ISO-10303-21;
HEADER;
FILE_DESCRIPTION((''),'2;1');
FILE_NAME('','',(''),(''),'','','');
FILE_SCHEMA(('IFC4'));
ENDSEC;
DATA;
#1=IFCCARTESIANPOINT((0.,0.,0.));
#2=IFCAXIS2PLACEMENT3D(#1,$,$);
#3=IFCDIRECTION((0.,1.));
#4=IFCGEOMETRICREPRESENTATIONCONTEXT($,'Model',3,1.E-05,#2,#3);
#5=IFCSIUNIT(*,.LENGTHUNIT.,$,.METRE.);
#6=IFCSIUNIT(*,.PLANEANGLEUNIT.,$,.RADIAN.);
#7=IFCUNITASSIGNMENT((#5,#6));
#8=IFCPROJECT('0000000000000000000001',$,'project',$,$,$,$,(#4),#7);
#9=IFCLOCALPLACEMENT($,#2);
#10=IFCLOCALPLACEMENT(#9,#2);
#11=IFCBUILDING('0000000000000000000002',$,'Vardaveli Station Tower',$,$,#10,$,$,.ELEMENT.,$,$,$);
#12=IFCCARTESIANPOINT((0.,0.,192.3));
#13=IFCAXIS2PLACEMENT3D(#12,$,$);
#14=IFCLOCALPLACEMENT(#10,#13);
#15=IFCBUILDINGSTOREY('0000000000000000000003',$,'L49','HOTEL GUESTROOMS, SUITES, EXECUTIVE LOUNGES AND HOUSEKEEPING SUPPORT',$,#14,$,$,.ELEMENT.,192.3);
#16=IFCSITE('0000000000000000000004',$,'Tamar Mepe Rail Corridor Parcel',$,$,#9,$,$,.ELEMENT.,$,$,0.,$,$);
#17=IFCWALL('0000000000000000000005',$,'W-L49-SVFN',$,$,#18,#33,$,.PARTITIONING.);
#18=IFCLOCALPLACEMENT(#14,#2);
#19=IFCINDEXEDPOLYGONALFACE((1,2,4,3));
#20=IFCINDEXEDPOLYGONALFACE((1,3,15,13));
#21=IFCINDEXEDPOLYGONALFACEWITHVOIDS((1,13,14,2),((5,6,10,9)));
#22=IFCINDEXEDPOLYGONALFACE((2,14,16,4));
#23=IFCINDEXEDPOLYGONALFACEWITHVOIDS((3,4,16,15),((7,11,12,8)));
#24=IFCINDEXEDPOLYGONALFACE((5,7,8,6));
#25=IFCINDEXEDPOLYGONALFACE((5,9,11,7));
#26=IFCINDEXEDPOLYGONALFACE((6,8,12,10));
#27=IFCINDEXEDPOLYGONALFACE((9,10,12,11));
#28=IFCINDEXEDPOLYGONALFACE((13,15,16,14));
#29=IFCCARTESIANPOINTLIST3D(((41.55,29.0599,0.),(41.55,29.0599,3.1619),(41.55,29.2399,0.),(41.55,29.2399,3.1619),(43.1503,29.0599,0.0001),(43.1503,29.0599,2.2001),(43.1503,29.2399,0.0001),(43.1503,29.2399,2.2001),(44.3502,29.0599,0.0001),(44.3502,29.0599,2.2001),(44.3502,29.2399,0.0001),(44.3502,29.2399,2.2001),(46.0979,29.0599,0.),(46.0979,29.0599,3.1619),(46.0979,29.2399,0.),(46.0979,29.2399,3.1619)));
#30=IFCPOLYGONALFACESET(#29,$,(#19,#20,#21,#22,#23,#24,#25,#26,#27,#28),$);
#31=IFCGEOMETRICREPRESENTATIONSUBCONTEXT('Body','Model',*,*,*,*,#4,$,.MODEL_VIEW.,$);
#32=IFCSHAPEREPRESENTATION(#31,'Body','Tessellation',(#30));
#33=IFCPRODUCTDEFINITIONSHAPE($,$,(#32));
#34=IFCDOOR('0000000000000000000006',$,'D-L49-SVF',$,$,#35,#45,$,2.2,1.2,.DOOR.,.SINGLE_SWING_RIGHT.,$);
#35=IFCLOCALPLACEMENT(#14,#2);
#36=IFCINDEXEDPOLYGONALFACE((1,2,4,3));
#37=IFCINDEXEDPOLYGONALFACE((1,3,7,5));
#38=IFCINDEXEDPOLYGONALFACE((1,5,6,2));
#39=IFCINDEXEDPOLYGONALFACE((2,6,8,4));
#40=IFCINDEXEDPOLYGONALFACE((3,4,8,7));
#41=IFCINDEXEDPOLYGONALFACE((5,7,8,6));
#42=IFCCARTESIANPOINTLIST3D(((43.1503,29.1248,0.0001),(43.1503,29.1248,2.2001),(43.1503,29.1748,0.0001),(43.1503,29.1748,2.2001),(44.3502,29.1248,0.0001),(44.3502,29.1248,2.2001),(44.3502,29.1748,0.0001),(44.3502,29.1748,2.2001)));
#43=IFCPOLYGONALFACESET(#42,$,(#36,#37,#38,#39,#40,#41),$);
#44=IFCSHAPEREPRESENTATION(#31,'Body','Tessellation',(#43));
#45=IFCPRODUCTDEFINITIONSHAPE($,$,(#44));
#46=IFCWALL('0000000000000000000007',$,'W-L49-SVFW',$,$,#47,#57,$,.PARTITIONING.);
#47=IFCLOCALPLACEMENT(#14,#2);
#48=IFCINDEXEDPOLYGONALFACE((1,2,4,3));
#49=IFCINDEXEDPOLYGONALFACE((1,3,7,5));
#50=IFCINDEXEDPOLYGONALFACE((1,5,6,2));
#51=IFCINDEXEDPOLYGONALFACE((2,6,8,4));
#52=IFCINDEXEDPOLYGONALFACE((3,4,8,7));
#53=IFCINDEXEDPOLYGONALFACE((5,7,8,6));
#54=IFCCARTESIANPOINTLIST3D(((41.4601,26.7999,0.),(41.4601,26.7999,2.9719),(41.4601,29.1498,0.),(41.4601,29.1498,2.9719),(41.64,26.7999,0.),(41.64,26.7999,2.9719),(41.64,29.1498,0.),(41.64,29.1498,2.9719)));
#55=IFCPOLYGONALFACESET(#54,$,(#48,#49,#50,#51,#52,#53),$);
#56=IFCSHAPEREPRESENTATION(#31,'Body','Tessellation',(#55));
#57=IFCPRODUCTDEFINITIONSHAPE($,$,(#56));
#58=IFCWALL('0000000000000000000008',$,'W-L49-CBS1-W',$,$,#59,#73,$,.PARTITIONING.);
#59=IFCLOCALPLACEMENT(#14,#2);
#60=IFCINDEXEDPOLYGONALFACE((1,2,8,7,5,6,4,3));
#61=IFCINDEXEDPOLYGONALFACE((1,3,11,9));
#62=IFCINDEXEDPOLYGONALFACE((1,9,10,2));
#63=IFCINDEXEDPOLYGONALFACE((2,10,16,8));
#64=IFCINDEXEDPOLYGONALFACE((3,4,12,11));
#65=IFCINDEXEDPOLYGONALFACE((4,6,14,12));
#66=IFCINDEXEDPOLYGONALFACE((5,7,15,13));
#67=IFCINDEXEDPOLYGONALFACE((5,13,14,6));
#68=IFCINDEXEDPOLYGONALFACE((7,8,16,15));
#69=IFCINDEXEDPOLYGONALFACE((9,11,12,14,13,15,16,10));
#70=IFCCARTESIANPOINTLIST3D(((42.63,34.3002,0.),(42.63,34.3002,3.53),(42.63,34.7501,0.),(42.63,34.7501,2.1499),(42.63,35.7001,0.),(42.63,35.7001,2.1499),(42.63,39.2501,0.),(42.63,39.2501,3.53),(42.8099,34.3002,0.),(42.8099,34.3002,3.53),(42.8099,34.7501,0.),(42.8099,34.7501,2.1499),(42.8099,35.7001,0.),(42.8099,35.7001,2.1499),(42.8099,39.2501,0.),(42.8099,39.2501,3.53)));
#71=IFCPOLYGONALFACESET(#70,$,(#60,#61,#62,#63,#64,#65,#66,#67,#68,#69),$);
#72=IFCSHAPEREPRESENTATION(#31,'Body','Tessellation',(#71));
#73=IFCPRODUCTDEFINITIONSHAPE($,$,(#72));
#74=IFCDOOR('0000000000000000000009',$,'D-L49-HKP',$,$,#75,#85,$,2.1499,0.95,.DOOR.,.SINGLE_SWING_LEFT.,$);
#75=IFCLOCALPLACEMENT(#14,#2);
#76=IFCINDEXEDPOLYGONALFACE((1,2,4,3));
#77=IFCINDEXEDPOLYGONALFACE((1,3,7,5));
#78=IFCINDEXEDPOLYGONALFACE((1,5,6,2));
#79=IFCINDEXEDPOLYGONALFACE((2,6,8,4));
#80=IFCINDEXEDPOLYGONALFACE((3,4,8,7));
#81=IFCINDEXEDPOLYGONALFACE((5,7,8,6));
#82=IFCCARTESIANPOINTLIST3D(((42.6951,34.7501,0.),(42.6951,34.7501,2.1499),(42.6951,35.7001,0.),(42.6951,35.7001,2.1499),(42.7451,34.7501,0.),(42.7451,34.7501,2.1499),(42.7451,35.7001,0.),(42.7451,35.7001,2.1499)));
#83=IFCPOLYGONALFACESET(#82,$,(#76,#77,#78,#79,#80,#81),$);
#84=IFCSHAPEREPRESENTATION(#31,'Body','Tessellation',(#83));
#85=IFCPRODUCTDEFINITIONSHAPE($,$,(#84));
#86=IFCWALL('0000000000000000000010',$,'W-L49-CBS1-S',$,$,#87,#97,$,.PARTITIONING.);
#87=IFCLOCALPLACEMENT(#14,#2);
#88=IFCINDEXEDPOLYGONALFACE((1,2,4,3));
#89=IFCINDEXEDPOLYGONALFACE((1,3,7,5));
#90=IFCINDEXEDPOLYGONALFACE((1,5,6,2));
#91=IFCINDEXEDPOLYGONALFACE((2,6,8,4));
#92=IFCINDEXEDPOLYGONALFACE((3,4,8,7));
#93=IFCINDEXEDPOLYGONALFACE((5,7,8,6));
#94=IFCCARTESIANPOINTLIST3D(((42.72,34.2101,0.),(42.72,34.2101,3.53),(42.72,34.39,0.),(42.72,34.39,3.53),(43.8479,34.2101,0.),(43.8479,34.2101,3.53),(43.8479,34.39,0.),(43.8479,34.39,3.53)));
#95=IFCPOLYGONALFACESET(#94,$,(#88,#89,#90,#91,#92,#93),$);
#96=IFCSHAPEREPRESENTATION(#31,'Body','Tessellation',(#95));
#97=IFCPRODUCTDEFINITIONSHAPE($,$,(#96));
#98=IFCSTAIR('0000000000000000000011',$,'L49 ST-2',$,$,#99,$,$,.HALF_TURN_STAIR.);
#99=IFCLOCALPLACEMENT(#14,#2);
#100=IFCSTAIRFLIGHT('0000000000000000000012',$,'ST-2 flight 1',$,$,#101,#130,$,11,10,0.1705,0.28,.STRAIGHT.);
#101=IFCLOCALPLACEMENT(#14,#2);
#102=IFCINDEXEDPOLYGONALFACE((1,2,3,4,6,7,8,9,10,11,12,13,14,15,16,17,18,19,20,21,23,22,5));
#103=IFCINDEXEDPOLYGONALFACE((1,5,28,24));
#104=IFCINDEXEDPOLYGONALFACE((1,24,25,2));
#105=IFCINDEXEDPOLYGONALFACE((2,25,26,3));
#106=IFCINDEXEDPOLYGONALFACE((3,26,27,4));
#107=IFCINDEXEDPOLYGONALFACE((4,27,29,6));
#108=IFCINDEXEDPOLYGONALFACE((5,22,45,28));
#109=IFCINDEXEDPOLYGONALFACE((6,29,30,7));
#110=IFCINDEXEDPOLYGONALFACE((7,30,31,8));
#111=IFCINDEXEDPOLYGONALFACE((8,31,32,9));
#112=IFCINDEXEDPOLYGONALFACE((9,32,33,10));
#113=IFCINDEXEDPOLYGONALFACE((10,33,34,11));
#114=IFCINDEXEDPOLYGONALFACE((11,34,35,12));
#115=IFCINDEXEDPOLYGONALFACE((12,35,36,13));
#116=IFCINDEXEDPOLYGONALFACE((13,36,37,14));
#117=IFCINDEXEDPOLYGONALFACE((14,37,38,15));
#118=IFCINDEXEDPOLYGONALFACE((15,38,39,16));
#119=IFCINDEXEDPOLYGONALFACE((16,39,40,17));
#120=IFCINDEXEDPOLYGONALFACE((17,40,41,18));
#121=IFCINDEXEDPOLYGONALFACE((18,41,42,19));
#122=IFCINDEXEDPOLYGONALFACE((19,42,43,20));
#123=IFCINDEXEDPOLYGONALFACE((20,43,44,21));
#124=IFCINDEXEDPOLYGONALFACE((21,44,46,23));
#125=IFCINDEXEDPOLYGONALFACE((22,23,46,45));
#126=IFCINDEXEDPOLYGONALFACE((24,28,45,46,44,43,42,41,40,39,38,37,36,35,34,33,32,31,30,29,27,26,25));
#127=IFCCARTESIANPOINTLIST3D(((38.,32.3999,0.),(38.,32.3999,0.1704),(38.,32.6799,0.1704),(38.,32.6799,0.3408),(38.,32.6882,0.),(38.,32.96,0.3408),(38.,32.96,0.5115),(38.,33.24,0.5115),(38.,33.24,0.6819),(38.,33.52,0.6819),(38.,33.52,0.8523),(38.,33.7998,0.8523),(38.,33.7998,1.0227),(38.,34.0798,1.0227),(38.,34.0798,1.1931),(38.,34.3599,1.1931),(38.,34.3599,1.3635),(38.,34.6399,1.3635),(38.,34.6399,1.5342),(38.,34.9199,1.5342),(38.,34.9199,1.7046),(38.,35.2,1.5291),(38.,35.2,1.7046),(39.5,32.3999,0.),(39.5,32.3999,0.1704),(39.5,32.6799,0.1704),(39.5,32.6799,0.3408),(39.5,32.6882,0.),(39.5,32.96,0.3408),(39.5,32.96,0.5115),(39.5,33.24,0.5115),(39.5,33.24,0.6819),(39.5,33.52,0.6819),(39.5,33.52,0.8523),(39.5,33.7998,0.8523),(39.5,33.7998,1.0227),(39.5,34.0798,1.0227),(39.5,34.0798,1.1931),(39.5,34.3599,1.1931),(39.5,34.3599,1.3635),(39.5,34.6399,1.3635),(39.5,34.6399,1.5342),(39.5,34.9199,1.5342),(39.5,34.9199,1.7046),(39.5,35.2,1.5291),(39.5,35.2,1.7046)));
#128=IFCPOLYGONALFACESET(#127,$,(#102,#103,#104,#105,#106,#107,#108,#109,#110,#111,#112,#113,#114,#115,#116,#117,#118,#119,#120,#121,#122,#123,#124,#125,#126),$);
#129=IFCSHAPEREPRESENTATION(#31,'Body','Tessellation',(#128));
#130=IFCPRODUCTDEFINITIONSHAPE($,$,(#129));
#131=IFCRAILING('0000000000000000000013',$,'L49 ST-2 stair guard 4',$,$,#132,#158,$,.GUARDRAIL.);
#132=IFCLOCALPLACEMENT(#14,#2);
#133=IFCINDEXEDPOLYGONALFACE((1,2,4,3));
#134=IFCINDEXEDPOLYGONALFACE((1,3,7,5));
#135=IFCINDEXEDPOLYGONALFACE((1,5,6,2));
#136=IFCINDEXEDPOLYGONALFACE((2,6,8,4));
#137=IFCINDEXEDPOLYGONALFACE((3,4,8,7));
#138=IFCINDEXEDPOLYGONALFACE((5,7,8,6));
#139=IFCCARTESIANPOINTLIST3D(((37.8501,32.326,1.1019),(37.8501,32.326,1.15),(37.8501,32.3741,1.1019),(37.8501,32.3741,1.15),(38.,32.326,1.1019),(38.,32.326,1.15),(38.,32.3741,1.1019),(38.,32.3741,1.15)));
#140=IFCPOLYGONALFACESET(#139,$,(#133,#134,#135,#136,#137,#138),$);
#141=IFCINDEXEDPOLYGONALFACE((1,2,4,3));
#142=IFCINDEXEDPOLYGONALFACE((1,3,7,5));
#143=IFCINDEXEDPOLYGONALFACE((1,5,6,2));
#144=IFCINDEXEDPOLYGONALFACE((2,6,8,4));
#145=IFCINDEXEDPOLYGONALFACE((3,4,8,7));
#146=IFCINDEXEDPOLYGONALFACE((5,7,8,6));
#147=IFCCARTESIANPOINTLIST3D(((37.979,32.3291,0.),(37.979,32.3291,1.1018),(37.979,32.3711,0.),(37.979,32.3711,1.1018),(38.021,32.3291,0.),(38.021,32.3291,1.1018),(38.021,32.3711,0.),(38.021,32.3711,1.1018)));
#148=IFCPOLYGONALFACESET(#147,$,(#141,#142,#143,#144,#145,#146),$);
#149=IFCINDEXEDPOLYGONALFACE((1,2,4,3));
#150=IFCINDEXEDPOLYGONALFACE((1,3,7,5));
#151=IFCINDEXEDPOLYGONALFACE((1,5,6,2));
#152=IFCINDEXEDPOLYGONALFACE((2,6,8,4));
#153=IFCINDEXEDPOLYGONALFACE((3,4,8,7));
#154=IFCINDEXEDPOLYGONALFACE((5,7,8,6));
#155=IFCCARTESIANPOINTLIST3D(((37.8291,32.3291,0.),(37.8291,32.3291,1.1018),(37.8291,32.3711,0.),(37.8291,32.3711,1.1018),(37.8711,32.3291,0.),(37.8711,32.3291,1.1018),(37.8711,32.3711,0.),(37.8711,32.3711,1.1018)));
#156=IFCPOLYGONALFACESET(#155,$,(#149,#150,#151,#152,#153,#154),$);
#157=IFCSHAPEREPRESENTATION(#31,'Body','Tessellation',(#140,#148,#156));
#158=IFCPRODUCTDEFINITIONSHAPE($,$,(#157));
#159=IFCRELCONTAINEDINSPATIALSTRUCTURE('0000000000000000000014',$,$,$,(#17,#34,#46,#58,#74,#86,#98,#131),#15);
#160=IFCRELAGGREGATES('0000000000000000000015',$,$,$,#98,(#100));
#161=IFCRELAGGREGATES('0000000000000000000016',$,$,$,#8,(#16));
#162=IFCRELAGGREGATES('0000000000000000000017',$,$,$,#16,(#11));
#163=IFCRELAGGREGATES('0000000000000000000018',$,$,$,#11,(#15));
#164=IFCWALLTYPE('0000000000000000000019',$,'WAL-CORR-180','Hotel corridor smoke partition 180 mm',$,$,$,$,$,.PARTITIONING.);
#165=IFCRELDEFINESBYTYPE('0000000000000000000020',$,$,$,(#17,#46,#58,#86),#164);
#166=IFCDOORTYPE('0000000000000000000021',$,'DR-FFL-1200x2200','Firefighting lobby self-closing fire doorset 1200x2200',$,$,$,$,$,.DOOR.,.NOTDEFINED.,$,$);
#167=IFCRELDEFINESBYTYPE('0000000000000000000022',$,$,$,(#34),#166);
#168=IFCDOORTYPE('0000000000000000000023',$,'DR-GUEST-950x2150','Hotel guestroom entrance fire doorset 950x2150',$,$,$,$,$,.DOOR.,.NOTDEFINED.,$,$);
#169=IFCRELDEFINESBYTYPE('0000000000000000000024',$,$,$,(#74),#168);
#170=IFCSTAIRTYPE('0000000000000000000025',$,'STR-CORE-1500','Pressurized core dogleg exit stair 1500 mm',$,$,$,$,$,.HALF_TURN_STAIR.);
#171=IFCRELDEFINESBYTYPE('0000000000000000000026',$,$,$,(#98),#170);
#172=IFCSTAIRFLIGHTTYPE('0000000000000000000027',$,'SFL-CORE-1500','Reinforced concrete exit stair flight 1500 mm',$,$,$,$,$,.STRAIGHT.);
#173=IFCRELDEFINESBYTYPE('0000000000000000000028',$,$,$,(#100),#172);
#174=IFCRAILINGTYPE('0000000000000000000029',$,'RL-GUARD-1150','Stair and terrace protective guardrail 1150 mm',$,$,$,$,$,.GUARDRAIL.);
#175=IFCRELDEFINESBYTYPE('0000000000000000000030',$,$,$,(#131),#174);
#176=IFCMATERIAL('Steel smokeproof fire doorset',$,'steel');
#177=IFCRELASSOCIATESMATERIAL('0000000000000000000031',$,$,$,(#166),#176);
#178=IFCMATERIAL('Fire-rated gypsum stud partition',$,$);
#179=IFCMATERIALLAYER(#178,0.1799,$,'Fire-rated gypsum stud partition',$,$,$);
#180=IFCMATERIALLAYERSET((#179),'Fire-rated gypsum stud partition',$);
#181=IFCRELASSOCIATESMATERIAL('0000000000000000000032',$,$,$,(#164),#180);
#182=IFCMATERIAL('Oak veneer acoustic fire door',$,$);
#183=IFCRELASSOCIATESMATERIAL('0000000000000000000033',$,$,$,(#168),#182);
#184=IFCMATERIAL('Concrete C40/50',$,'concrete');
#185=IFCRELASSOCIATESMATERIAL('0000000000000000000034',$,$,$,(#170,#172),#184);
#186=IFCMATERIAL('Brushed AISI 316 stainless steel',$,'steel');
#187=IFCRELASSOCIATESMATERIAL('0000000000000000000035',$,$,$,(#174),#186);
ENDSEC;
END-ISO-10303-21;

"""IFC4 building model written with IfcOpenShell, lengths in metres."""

from ifc_helpers import new_model, si_unit, direction, frame, frame_2d, origin, origin_2d, place, context, subcontext, project, spatial, polyline, rectangle, outline, extrude, source, transform, mapped, material, layer, layer_set, type_object, element, fill, aggregate, save


model = new_model("IFC4")

# Units and contexts
model_context = context("Model", 3, precision=1e-05, world=origin(), true_north=direction((0.0, 1.0)))
body_context = subcontext(model_context, "Body", "Model", "MODEL_VIEW")
ifc_project = project(units=[si_unit("LENGTHUNIT", "METRE"), si_unit("PLANEANGLEUNIT", "RADIAN")], contexts=[model_context])

# Site, building, storey
site_placement = place(None, origin())
site = spatial("IfcSite", under=ifc_project, at=site_placement, Name="Tamar Mepe Rail Corridor Parcel", CompositionType="ELEMENT", RefElevation=0.0)
building_placement = place(site_placement, origin())
building = spatial("IfcBuilding", under=site, at=building_placement, Name="Vardaveli Station Tower", CompositionType="ELEMENT")
storey_placement = place(building_placement, frame((0.0, 0.0, 192.3)))
storey = spatial("IfcBuildingStorey", under=building, at=storey_placement, Name="L49", Description="HOTEL GUESTROOMS, SUITES, EXECUTIVE LOUNGES AND HOUSEKEEPING SUPPORT", CompositionType="ELEMENT", Elevation=192.3)

# Shared definitions
ifc_material_1 = material(Name="Concrete C40/50", Category="concrete")

# Wall, opening, door
ifc_material_2 = material(Name="Steel smokeproof fire doorset", Category="steel")
door_type_1 = type_object("IfcDoorType", Name="DR-FFL-1200x2200", Description="Firefighting lobby self-closing fire doorset 1200x2200", OperationType="NOTDEFINED", PredefinedType="DOOR", material=ifc_material_2)
shared_shape_1 = source(origin(), body_context, "Body", "SweptSolid", [
    extrude(rectangle(XDim=1.2, YDim=2.2, at=frame_2d((0.6001, 1.1001))), frame((0.0, 0.0249, 0.0), z_axis=(0.0, -1.0, 0.0), x_axis=(1.0, 0.0, 0.0)), (0.0, 0.0, 1.0), 0.05),
])
ifc_material_3 = material(Name="Fire-rated gypsum stud partition")
ifc_layer_1 = layer(ifc_material_3, 0.1799, Name="Fire-rated gypsum stud partition")
ifc_layer_set_1 = layer_set([ifc_layer_1], Name="Fire-rated gypsum stud partition")
wall_type_1 = type_object("IfcWallType", Name="WAL-CORR-180", Description="Hotel corridor smoke partition 180 mm", PredefinedType="PARTITIONING", material=ifc_layer_set_1)
shared_shape_2 = source(origin(), body_context, "Body", "SweptSolid", [
    extrude(rectangle(XDim=4.5479, YDim=0.1799, at=frame_2d((2.2739, 0.0))), origin(), (0.0, 0.0, 1.0), 3.1619),
])
wall_1_placement = place(storey_placement, frame((41.55, 29.1499, 0.0), z_axis=(0.0, 0.0, 1.0), x_axis=(1.0, 0.0, 0.0)))
wall_1 = element("IfcWall", 1, at=wall_1_placement, inside=storey, type_object=wall_type_1, Name="W-L49-SVFN", PredefinedType="PARTITIONING", context=body_context, shape_type="MappedRepresentation", body=[
    mapped(shared_shape_2, transform((0.0, 0.0, 0.0), scale=1.0)),
])
shared_shape_3 = source(origin(), body_context, "Body", "SweptSolid", [
    extrude(rectangle(XDim=1.2, YDim=2.2, at=frame_2d((0.6001, 1.1001))), frame((0.0, 0.1001, 0.0), z_axis=(0.0, -1.0, 0.0), x_axis=(1.0, 0.0, 0.0)), (0.0, 0.0, 1.0), 0.2),
])
opening_1_placement = place(wall_1_placement, frame((1.6001, 0.0, 0.0)))
opening_1 = element("IfcOpeningElement", 2, at=opening_1_placement, cuts=wall_1, PredefinedType="OPENING", context=body_context, shape_type="MappedRepresentation", body=[
    mapped(shared_shape_3, transform((0.0, 0.0, 0.0), scale=1.0)),
])
door_1_placement = place(opening_1_placement, origin())
door_1 = element("IfcDoor", 3, at=door_1_placement, inside=storey, type_object=door_type_1, Name="D-L49-SVF", OperationType="SINGLE_SWING_RIGHT", OverallHeight=2.2, OverallWidth=1.2, PredefinedType="DOOR", context=body_context, shape_type="MappedRepresentation", body=[
    mapped(shared_shape_1, transform((0.0, 0.0, 0.0), scale=1.0)),
])
fill(opening_1, door_1)

# Wall
shared_shape_4 = source(origin(), body_context, "Body", "SweptSolid", [
    extrude(rectangle(XDim=2.3499, YDim=0.1799, at=frame_2d((1.1748, 0.0))), origin(), (0.0, 0.0, 1.0), 2.9719),
])
wall_2_placement = place(storey_placement, frame((41.55, 26.8, 0.0), z_axis=(0.0, 0.0, 1.0), x_axis=(0.0, 1.0, 0.0)))
element("IfcWall", 4, at=wall_2_placement, inside=storey, type_object=wall_type_1, Name="W-L49-SVFW", PredefinedType="PARTITIONING", context=body_context, shape_type="MappedRepresentation", body=[
    mapped(shared_shape_4, transform((0.0, 0.0, 0.0), scale=1.0)),
])

# Wall, opening, door
shared_shape_5 = source(origin(), body_context, "Body", "SweptSolid", [
    extrude(rectangle(XDim=4.95, YDim=0.1799, at=frame_2d((2.4751, 0.0))), origin(), (0.0, 0.0, 1.0), 3.53),
])
wall_3_placement = place(storey_placement, frame((42.72, 34.3, 0.0), z_axis=(0.0, 0.0, 1.0), x_axis=(0.0, 1.0, 0.0)))
wall_3 = element("IfcWall", 5, at=wall_3_placement, inside=storey, type_object=wall_type_1, Name="W-L49-CBS1-W", PredefinedType="PARTITIONING", context=body_context, shape_type="MappedRepresentation", body=[
    mapped(shared_shape_5, transform((0.0, 0.0, 0.0), scale=1.0)),
])
shared_shape_6 = source(origin(), body_context, "Body", "SweptSolid", [
    extrude(rectangle(XDim=0.95, YDim=2.1499, at=frame_2d((0.4751, 1.075))), frame((0.0, 0.1001, 0.0), z_axis=(0.0, -1.0, 0.0), x_axis=(1.0, 0.0, 0.0)), (0.0, 0.0, 1.0), 0.2),
])
opening_2_placement = place(wall_3_placement, frame((0.45, 0.0, 0.0)))
opening_2 = element("IfcOpeningElement", 6, at=opening_2_placement, cuts=wall_3, PredefinedType="OPENING", context=body_context, shape_type="MappedRepresentation", body=[
    mapped(shared_shape_6, transform((0.0, 0.0, 0.0), scale=1.0)),
])
ifc_material_4 = material(Name="Oak veneer acoustic fire door")
door_type_2 = type_object("IfcDoorType", Name="DR-GUEST-950x2150", Description="Hotel guestroom entrance fire doorset 950x2150", OperationType="NOTDEFINED", PredefinedType="DOOR", material=ifc_material_4)
shared_shape_7 = source(origin(), body_context, "Body", "SweptSolid", [
    extrude(rectangle(XDim=0.95, YDim=2.1499, at=frame_2d((0.4751, 1.075))), frame((0.0, 0.0249, 0.0), z_axis=(0.0, -1.0, 0.0), x_axis=(1.0, 0.0, 0.0)), (0.0, 0.0, 1.0), 0.05),
])
door_2_placement = place(opening_2_placement, origin())
door_2 = element("IfcDoor", 7, at=door_2_placement, inside=storey, type_object=door_type_2, Name="D-L49-HKP", OperationType="SINGLE_SWING_LEFT", OverallHeight=2.1499, OverallWidth=0.95, PredefinedType="DOOR", context=body_context, shape_type="MappedRepresentation", body=[
    mapped(shared_shape_7, transform((0.0, 0.0, 0.0), scale=1.0)),
])
fill(opening_2, door_2)

# Wall
shared_shape_8 = source(origin(), body_context, "Body", "SweptSolid", [
    extrude(rectangle(XDim=1.1279, YDim=0.1799, at=frame_2d((0.564, 0.0))), origin(), (0.0, 0.0, 1.0), 3.53),
])
wall_4_placement = place(storey_placement, frame((42.72, 34.3, 0.0), z_axis=(0.0, 0.0, 1.0), x_axis=(1.0, 0.0, 0.0)))
element("IfcWall", 8, at=wall_4_placement, inside=storey, type_object=wall_type_1, Name="W-L49-CBS1-S", PredefinedType="PARTITIONING", context=body_context, shape_type="MappedRepresentation", body=[
    mapped(shared_shape_8, transform((0.0, 0.0, 0.0), scale=1.0)),
])

# Stair, stair flight
stair_type = type_object("IfcStairType", Name="STR-CORE-1500", Description="Pressurized core dogleg exit stair 1500 mm", PredefinedType="HALF_TURN_STAIR", material=ifc_material_1)
stair_placement = place(storey_placement, origin())
stair = element("IfcStair", 9, at=stair_placement, inside=storey, type_object=stair_type, Name="L49 ST-2", PredefinedType="HALF_TURN_STAIR")
stair_flight_type = type_object("IfcStairFlightType", Name="SFL-CORE-1500", Description="Reinforced concrete exit stair flight 1500 mm", PredefinedType="STRAIGHT", material=ifc_material_1)
shared_shape_9 = source(origin(), body_context, "Body", "SweptSolid", [
    extrude(outline(polyline([(0.0, 0.0), (0.0, 0.1704), (0.28, 0.1704), (0.28, 0.3408), (0.5601, 0.3408), (0.5601, 0.5115), (0.8401, 0.5115), (0.8401, 0.6819), (1.1201, 0.6819), (1.1201, 0.8523), (1.3999, 0.8523), (1.3999, 1.0227), (1.6799, 1.0227), (1.6799, 1.1931), (1.96, 1.1931), (1.96, 1.3635), (2.24, 1.3635), (2.24, 1.5342), (2.52, 1.5342), (2.52, 1.7046), (2.8, 1.7046), (2.8, 1.875), (2.8, 1.5291), (0.2883, 0.0), (0.0, 0.0)])), frame((0.0, 0.75, 0.0), z_axis=(0.0, -1.0, 0.0), x_axis=(1.0, 0.0, 0.0)), (0.0, 0.0, 1.0), 1.5),
])
stair_flight_placement = place(storey_placement, frame((38.75, 32.3999, 0.0), z_axis=(0.0, 0.0, 1.0), x_axis=(0.0, 1.0, 0.0)))
stair_flight = element("IfcStairFlight", 10, at=stair_flight_placement, type_object=stair_flight_type, Name="ST-2 flight 1", NumberOfRisers=11, NumberOfTreads=10, PredefinedType="STRAIGHT", RiserHeight=0.1705, TreadLength=0.28, context=body_context, shape_type="MappedRepresentation", body=[
    mapped(shared_shape_9, transform((0.0, 0.0, 0.0), scale=1.0)),
])
aggregate(stair, [stair_flight])

# Railing
ifc_material_5 = material(Name="Brushed AISI 316 stainless steel", Category="steel")
railing_type_1 = type_object("IfcRailingType", Name="RL-GUARD-1150", Description="Stair and terrace protective guardrail 1150 mm", PredefinedType="GUARDRAIL", material=ifc_material_5)
shared_shape_10 = source(origin(), body_context, "Body", "SweptSolid", [
    extrude(rectangle(XDim=0.0481, YDim=0.0481, at=origin_2d()), frame((0.0, 0.0, 1.126), z_axis=(-1.0, 0.0, 0.0), x_axis=(0.0, -1.0, 0.0)), (0.0, 0.0, 1.0), 0.1499),
    extrude(rectangle(XDim=0.042, YDim=0.042, at=origin_2d()), origin(), (0.0, 0.0, 1.0), 1.1018),
    extrude(rectangle(XDim=0.042, YDim=0.042, at=origin_2d()), frame((-0.1499, 0.0, 0.0)), (0.0, 0.0, 1.0), 1.1018),
])
railing_1_placement = place(storey_placement, frame((38.0, 32.3501, 0.0)))
element("IfcRailing", 11, at=railing_1_placement, inside=storey, type_object=railing_type_1, Name="L49 ST-2 stair guard 4", PredefinedType="GUARDRAIL", context=body_context, shape_type="MappedRepresentation", body=[
    mapped(shared_shape_10, transform((0.0, 0.0, 0.0), scale=1.0)),
])

save(model, "model.ifc")
